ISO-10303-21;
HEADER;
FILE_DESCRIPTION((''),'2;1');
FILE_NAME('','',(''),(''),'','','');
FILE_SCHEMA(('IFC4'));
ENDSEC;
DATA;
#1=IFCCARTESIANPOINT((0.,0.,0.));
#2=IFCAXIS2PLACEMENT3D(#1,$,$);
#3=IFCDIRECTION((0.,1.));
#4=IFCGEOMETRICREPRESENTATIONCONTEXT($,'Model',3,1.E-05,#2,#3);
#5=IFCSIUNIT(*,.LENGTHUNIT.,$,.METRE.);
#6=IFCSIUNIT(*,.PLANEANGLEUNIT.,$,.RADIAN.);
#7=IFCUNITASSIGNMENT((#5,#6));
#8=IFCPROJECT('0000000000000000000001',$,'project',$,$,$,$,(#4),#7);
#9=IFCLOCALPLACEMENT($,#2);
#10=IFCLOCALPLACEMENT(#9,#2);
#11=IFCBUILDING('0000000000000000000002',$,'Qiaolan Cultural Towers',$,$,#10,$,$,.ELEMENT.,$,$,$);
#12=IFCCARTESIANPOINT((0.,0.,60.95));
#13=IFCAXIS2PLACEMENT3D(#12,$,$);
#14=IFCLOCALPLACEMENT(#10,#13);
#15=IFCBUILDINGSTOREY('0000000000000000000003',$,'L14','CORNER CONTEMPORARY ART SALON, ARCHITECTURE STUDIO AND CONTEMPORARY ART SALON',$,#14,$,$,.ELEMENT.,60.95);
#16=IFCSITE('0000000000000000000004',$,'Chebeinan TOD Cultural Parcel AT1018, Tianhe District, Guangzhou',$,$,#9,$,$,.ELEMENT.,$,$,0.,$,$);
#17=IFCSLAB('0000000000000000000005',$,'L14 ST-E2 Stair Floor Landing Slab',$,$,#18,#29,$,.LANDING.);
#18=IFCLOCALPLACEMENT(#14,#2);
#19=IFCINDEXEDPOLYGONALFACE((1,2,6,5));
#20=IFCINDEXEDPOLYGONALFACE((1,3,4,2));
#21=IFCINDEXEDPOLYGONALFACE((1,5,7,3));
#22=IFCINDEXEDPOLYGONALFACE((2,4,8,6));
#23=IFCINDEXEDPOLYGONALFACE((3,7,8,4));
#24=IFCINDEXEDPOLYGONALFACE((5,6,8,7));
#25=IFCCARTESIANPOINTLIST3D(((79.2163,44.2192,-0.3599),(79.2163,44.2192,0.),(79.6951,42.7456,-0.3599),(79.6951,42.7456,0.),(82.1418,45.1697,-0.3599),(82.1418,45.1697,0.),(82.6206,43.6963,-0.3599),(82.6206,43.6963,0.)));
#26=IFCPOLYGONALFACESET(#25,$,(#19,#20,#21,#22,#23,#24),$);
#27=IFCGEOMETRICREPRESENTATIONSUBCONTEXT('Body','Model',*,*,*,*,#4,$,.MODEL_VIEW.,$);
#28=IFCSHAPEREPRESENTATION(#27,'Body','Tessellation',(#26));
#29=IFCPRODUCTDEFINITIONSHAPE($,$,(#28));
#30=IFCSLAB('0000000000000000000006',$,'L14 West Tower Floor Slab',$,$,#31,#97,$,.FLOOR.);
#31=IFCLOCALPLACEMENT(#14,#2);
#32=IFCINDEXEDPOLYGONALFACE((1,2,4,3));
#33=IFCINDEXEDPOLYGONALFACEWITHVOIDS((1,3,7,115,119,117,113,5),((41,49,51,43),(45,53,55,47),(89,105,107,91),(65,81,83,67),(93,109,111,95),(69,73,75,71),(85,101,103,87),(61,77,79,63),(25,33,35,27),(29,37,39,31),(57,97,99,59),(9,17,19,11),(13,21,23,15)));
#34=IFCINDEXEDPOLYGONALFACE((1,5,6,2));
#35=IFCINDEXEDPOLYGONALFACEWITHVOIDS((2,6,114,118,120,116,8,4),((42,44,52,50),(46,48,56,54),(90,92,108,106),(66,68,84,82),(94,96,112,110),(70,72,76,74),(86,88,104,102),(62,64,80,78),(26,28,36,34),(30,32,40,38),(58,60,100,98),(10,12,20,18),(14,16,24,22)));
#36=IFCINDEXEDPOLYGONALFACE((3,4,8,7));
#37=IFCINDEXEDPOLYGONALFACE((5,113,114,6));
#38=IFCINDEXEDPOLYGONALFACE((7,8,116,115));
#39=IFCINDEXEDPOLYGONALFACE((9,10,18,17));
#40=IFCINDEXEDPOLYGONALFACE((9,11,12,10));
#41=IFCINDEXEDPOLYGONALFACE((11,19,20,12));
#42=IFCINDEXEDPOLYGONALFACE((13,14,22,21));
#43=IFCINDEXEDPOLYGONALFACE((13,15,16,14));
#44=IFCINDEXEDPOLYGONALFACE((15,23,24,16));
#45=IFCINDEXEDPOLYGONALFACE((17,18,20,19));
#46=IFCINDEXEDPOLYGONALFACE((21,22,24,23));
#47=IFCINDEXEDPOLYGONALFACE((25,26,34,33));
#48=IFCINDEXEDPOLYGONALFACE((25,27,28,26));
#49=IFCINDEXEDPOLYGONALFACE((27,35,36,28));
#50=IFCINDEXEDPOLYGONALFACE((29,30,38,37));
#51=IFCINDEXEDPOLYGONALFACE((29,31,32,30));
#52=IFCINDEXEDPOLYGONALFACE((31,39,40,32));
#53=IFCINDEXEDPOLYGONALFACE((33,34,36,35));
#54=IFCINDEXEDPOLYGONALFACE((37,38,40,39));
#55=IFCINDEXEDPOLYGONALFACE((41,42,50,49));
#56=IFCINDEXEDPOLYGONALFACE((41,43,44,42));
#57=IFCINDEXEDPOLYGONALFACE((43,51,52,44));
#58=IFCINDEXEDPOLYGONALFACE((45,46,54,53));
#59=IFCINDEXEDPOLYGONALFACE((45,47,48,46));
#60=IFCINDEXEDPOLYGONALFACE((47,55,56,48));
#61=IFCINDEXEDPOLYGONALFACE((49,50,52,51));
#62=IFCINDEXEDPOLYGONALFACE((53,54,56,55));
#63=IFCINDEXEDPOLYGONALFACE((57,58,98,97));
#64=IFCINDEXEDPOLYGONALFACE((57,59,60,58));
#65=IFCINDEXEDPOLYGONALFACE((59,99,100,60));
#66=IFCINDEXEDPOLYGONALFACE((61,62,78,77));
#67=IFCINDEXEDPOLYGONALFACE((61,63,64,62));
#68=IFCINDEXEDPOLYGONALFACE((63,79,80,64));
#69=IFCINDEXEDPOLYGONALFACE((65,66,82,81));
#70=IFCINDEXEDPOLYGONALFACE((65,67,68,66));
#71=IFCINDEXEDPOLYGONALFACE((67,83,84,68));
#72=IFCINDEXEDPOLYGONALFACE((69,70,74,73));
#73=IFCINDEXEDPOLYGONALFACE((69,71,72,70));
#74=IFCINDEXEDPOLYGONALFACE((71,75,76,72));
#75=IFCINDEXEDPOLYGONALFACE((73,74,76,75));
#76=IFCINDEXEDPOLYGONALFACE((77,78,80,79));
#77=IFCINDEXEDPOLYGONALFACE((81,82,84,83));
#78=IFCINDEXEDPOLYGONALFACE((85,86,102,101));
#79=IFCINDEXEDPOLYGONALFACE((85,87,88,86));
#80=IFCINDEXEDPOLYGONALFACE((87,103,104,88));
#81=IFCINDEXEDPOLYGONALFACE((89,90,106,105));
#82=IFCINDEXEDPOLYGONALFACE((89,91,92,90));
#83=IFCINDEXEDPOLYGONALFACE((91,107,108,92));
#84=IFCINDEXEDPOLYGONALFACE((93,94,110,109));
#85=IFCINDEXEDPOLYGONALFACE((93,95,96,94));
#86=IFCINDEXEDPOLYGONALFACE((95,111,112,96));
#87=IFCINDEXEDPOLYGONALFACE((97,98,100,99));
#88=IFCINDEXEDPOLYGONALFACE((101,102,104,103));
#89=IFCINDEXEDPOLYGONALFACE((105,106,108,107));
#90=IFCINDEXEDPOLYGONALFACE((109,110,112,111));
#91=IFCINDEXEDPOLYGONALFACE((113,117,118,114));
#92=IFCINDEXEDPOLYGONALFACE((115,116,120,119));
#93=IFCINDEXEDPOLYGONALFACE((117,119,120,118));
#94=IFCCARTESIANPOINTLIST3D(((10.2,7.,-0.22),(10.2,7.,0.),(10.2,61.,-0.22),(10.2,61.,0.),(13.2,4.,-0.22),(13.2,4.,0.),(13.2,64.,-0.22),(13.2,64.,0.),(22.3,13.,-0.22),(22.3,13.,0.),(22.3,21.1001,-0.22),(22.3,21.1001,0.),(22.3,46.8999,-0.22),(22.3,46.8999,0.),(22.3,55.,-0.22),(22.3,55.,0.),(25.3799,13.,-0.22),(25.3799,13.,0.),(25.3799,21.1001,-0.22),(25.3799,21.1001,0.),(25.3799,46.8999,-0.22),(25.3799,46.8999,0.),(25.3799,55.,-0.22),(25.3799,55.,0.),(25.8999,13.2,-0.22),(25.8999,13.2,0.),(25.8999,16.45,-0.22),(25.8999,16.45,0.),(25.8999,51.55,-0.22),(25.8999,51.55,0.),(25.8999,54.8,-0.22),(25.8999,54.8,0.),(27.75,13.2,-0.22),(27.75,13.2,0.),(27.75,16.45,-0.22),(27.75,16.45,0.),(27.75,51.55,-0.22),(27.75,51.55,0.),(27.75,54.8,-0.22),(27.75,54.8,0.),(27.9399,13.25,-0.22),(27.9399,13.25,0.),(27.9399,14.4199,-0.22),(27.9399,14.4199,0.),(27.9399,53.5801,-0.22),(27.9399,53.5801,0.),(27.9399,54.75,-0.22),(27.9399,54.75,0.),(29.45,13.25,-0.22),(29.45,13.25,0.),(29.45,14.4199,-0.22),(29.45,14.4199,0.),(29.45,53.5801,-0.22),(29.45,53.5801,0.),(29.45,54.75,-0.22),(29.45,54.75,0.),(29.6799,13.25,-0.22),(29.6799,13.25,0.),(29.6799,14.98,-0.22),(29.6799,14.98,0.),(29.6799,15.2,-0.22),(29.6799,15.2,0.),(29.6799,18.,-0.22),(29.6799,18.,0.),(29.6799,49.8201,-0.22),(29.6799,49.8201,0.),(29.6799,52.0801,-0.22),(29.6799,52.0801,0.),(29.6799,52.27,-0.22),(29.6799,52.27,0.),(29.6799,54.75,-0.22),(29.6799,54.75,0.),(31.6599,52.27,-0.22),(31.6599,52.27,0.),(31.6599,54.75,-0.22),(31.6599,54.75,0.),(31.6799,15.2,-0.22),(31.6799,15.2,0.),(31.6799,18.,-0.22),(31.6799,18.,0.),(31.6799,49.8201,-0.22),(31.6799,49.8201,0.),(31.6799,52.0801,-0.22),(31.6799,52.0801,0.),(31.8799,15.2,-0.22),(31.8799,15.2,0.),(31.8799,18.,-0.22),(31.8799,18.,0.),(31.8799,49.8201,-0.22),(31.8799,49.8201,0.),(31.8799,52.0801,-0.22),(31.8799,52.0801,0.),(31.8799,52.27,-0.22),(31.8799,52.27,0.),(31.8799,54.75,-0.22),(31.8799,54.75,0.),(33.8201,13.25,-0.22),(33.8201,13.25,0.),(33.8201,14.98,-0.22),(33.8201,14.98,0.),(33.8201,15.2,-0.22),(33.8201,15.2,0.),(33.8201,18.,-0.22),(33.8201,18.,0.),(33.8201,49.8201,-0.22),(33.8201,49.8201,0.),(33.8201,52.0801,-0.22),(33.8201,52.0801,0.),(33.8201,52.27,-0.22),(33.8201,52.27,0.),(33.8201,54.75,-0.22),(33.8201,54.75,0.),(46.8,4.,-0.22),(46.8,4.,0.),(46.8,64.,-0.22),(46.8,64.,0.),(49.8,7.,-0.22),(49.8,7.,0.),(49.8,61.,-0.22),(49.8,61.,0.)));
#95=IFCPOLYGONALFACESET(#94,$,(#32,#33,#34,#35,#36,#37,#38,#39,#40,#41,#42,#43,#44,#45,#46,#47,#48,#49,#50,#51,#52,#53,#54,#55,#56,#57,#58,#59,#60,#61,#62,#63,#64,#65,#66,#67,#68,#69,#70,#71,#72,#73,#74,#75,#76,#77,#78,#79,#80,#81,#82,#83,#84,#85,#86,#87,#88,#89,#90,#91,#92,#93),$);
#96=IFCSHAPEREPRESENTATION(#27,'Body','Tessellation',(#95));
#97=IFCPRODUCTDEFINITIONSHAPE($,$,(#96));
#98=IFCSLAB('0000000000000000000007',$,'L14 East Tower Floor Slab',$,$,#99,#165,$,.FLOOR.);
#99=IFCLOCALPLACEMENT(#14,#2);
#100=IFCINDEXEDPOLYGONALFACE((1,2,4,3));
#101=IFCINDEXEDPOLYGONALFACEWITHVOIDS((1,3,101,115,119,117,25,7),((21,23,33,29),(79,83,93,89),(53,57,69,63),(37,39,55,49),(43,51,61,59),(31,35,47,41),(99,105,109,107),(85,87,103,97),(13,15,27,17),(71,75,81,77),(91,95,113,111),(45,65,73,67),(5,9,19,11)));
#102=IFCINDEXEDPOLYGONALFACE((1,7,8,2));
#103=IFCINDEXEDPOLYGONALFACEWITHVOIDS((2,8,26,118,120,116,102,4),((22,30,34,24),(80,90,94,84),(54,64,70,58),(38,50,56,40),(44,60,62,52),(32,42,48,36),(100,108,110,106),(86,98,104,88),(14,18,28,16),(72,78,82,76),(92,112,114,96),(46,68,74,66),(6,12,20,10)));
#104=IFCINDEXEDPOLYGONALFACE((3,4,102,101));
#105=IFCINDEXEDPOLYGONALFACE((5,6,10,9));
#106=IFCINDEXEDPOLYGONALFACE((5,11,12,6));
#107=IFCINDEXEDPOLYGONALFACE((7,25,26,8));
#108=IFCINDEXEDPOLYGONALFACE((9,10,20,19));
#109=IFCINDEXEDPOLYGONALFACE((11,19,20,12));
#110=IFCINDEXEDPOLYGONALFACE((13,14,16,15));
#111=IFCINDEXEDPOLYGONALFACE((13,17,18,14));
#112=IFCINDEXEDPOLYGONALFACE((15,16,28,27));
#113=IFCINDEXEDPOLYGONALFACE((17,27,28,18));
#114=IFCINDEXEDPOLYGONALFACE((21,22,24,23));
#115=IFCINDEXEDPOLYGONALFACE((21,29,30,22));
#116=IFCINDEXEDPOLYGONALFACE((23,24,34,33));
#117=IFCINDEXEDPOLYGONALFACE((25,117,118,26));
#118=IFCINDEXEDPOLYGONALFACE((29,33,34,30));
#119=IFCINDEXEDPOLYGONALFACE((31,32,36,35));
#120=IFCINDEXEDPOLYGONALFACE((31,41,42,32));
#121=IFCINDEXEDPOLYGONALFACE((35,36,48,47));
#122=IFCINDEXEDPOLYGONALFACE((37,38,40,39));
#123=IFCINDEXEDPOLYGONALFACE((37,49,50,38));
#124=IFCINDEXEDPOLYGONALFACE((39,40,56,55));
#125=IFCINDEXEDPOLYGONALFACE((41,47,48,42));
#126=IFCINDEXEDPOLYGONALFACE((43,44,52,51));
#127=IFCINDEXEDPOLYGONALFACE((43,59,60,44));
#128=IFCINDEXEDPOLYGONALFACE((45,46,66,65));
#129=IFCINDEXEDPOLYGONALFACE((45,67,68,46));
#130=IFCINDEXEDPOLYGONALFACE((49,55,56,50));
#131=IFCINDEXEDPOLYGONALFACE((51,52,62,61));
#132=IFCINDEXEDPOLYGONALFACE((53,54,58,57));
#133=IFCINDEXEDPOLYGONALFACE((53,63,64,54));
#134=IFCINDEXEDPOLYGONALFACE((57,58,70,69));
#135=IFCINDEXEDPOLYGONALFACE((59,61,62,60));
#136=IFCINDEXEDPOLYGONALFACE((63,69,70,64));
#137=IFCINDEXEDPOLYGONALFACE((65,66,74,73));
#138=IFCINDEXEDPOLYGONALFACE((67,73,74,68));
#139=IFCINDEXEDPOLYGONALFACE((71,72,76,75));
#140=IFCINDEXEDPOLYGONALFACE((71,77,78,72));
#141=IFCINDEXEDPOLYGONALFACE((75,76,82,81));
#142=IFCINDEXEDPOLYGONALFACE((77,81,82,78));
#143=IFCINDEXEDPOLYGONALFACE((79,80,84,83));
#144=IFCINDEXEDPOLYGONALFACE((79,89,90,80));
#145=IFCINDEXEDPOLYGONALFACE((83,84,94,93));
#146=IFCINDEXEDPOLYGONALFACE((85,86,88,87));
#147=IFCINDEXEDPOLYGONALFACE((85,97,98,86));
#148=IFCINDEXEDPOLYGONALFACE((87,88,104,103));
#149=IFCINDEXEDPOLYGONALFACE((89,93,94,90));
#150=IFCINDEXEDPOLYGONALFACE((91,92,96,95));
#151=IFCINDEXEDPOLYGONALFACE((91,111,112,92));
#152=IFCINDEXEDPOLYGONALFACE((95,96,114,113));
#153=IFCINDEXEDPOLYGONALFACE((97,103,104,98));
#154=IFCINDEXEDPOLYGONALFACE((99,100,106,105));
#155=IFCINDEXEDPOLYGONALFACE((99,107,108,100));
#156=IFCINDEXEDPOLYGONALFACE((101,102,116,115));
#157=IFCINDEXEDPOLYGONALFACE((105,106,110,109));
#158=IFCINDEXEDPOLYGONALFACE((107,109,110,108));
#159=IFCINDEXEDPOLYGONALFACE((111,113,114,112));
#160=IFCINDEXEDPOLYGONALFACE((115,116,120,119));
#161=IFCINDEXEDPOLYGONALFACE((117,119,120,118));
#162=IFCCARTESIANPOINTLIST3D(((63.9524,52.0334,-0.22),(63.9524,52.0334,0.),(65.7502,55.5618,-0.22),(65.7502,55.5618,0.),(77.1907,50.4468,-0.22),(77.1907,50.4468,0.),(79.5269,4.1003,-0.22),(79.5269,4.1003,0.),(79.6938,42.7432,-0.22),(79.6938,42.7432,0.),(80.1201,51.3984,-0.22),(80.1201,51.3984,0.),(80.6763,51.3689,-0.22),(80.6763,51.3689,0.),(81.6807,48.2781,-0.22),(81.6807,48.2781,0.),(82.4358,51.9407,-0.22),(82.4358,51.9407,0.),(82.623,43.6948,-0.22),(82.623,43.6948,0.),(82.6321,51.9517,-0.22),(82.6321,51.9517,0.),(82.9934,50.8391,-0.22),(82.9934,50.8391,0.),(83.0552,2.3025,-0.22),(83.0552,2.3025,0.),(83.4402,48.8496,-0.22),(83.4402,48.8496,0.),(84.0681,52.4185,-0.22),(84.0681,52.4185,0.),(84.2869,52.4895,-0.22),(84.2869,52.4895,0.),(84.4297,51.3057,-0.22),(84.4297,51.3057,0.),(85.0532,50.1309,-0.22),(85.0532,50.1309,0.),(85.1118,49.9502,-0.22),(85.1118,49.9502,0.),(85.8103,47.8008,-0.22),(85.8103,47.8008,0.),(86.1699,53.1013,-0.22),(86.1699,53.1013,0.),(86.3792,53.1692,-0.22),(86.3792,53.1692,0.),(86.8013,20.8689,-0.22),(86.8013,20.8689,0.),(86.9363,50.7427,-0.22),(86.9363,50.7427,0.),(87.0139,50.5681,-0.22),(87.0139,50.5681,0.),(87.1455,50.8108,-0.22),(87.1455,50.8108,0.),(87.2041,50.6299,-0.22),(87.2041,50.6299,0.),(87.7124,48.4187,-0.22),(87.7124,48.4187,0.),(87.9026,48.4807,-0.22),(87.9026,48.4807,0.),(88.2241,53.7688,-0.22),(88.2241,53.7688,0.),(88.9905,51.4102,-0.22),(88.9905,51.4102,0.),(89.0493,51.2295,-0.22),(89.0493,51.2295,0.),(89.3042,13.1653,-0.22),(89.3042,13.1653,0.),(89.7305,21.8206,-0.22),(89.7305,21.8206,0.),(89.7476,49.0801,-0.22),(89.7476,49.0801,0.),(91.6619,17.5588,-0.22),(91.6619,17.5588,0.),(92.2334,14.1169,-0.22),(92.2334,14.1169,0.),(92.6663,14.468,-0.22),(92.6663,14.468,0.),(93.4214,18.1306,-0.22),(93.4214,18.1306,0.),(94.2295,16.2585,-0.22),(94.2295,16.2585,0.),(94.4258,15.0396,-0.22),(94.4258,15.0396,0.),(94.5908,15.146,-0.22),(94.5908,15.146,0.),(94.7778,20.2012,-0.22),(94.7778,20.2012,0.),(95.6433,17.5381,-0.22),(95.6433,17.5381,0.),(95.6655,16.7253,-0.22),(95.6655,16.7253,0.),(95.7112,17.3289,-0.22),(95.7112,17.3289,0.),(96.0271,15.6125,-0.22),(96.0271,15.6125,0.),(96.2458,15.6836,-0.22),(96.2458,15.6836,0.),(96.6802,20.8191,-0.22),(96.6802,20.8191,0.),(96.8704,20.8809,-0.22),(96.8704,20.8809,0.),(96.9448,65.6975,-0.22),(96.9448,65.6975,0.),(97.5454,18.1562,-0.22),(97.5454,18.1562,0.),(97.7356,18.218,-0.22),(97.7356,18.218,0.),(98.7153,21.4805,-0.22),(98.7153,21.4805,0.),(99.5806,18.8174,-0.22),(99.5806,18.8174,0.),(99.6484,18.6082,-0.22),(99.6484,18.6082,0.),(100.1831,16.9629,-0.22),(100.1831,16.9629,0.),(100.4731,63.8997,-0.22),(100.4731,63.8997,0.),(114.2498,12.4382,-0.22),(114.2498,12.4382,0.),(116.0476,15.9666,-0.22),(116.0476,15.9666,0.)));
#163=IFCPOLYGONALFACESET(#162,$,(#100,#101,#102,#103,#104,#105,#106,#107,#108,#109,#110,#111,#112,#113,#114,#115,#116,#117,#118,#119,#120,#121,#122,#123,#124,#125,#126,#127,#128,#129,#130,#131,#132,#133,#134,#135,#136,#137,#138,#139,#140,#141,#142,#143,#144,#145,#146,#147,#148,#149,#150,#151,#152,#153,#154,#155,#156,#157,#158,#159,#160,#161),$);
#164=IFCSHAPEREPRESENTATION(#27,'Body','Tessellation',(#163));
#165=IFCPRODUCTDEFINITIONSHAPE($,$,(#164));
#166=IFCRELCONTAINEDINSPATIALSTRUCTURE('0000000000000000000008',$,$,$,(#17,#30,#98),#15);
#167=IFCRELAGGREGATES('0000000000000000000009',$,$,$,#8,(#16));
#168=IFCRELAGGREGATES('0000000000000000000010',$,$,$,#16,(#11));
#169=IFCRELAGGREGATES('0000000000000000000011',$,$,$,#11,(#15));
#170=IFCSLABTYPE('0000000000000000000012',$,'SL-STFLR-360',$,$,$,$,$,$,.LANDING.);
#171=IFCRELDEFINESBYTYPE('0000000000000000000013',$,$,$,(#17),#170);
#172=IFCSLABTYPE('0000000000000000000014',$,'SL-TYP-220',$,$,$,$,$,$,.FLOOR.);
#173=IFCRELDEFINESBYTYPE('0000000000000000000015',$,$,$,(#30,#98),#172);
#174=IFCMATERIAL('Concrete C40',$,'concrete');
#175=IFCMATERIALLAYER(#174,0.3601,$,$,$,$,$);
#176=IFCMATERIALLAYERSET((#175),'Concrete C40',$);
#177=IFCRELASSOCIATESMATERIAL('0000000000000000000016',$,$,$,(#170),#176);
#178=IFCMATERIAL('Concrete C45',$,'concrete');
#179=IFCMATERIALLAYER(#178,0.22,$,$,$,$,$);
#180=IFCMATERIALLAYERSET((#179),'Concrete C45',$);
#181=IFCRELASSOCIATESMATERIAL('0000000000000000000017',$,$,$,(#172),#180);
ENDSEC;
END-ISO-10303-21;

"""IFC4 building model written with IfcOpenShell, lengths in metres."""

from ifc_helpers import new_model, si_unit, direction, frame, origin, place, context, subcontext, project, spatial, polyline, outline, extrude, material, layer, layer_set, type_object, element, save


model = new_model("IFC4")

# Units and contexts
model_context = context("Model", 3, precision=1e-05, world=origin(), true_north=direction((0.0, 1.0)))
body_context = subcontext(model_context, "Body", "Model", "MODEL_VIEW")
ifc_project = project(units=[si_unit("LENGTHUNIT", "METRE"), si_unit("PLANEANGLEUNIT", "RADIAN")], contexts=[model_context])

# Site, building, storey
site_placement = place(None, origin())
site = spatial("IfcSite", under=ifc_project, at=site_placement, Name="Chebeinan TOD Cultural Parcel AT1018, Tianhe District, Guangzhou", CompositionType="ELEMENT", RefElevation=0.0)
building_placement = place(site_placement, origin())
building = spatial("IfcBuilding", under=site, at=building_placement, Name="Qiaolan Cultural Towers", CompositionType="ELEMENT")
storey_placement = place(building_placement, frame((0.0, 0.0, 60.95)))
storey = spatial("IfcBuildingStorey", under=building, at=storey_placement, Name="L14", Description="CORNER CONTEMPORARY ART SALON, ARCHITECTURE STUDIO AND CONTEMPORARY ART SALON", CompositionType="ELEMENT", Elevation=60.95)

# Slabs
ifc_material_1 = material(Name="Concrete C40", Category="concrete")
ifc_layer_1 = layer(ifc_material_1, 0.3601)
ifc_layer_set_1 = layer_set([ifc_layer_1], Name="Concrete C40")
slab_type_1 = type_object("IfcSlabType", Name="SL-STFLR-360", PredefinedType="LANDING", material=ifc_layer_set_1)
slab_1_placement = place(storey_placement, frame((0.0, 0.0, -0.3599)))
element("IfcSlab", 1, at=slab_1_placement, inside=storey, type_object=slab_type_1, Name="L14 ST-E2 Stair Floor Landing Slab", PredefinedType="LANDING", context=body_context, shape_type="SweptSolid", body=[
    extrude(outline(polyline([(82.6206, 43.6963), (82.1418, 45.1697), (79.2163, 44.2192), (79.6951, 42.7456), (82.6206, 43.6963)])), origin(), (0.0, 0.0, 1.0), 0.3599),
])
ifc_material_2 = material(Name="Concrete C45", Category="concrete")
ifc_layer_2 = layer(ifc_material_2, 0.22)
ifc_layer_set_2 = layer_set([ifc_layer_2], Name="Concrete C45")
slab_type_2 = type_object("IfcSlabType", Name="SL-TYP-220", PredefinedType="FLOOR", material=ifc_layer_set_2)
slab_2_placement = place(storey_placement, frame((0.0, 0.0, -0.22)))
element("IfcSlab", 2, at=slab_2_placement, inside=storey, type_object=slab_type_2, Name="L14 West Tower Floor Slab", PredefinedType="FLOOR", context=body_context, shape_type="SweptSolid", body=[
    extrude(outline(polyline([(13.2, 4.0), (46.8, 4.0), (49.8, 7.0), (49.8, 61.0), (46.8, 64.0), (13.2, 64.0), (10.2, 61.0), (10.2, 7.0), (13.2, 4.0)]), holes=[polyline([(22.3, 21.1001), (22.3, 13.0), (25.3799, 13.0), (25.3799, 21.1001), (22.3, 21.1001)]), polyline([(25.3799, 46.8999), (25.3799, 55.0), (22.3, 55.0), (22.3, 46.8999), (25.3799, 46.8999)]), polyline([(25.8999, 13.2), (27.75, 13.2), (27.75, 16.45), (25.8999, 16.45), (25.8999, 13.2)]), polyline([(27.9399, 13.25), (29.45, 13.25), (29.45, 14.4199), (27.9399, 14.4199), (27.9399, 13.25)]), polyline([(29.6799, 15.2), (31.6799, 15.2), (31.6799, 18.0), (29.6799, 18.0), (29.6799, 15.2)]), polyline([(31.8799, 15.2), (33.8201, 15.2), (33.8201, 18.0), (31.8799, 18.0), (31.8799, 15.2)]), polyline([(29.6799, 13.25), (33.8201, 13.25), (33.8201, 14.98), (29.6799, 14.98), (29.6799, 13.25)]), polyline([(25.8999, 51.55), (27.75, 51.55), (27.75, 54.8), (25.8999, 54.8), (25.8999, 51.55)]), polyline([(27.9399, 53.5801), (29.45, 53.5801), (29.45, 54.75), (27.9399, 54.75), (27.9399, 53.5801)]), polyline([(29.6799, 49.8201), (31.6799, 49.8201), (31.6799, 52.0801), (29.6799, 52.0801), (29.6799, 49.8201)]), polyline([(31.8799, 49.8201), (33.8201, 49.8201), (33.8201, 52.0801), (31.8799, 52.0801), (31.8799, 49.8201)]), polyline([(29.6799, 52.27), (31.6599, 52.27), (31.6599, 54.75), (29.6799, 54.75), (29.6799, 52.27)]), polyline([(31.8799, 52.27), (33.8201, 52.27), (33.8201, 54.75), (31.8799, 54.75), (31.8799, 52.27)])]), origin(), (0.0, 0.0, 1.0), 0.22),
])
slab_3_placement = place(storey_placement, frame((0.0, 0.0, -0.22)))
element("IfcSlab", 3, at=slab_3_placement, inside=storey, type_object=slab_type_2, Name="L14 East Tower Floor Slab", PredefinedType="FLOOR", context=body_context, shape_type="SweptSolid", body=[
    extrude(outline(polyline([(83.0552, 2.3025), (114.2498, 12.4382), (116.0476, 15.9666), (100.4731, 63.8997), (96.9448, 65.6975), (65.7502, 55.5618), (63.9524, 52.0334), (79.5269, 4.1003), (83.0552, 2.3025)]), holes=[polyline([(86.8013, 20.8689), (89.3042, 13.1653), (92.2334, 14.1169), (89.7305, 21.8206), (86.8013, 20.8689)]), polyline([(82.623, 43.6948), (80.1201, 51.3984), (77.1907, 50.4468), (79.6938, 42.7432), (82.623, 43.6948)]), polyline([(92.6663, 14.468), (94.4258, 15.0396), (93.4214, 18.1306), (91.6619, 17.5588), (92.6663, 14.468)]), polyline([(94.5908, 15.146), (96.0271, 15.6125), (95.6655, 16.7253), (94.2295, 16.2585), (94.5908, 15.146)]), polyline([(95.6433, 17.5381), (97.5454, 18.1562), (96.6802, 20.8191), (94.7778, 20.2012), (95.6433, 17.5381)]), polyline([(97.7356, 18.218), (99.5806, 18.8174), (98.7153, 21.4805), (96.8704, 20.8809), (97.7356, 18.218)]), polyline([(96.2458, 15.6836), (100.1831, 16.9629), (99.6484, 18.6082), (95.7112, 17.3289), (96.2458, 15.6836)]), polyline([(81.6807, 48.2781), (83.4402, 48.8496), (82.4358, 51.9407), (80.6763, 51.3689), (81.6807, 48.2781)]), polyline([(82.9934, 50.8391), (84.4297, 51.3057), (84.0681, 52.4185), (82.6321, 51.9517), (82.9934, 50.8391)]), polyline([(85.8103, 47.8008), (87.7124, 48.4187), (87.0139, 50.5681), (85.1118, 49.9502), (85.8103, 47.8008)]), polyline([(87.9026, 48.4807), (89.7476, 49.0801), (89.0493, 51.2295), (87.2041, 50.6299), (87.9026, 48.4807)]), polyline([(85.0532, 50.1309), (86.9363, 50.7427), (86.1699, 53.1013), (84.2869, 52.4895), (85.0532, 50.1309)]), polyline([(87.1455, 50.8108), (88.9905, 51.4102), (88.2241, 53.7688), (86.3792, 53.1692), (87.1455, 50.8108)])]), origin(), (0.0, 0.0, 1.0), 0.22),
])

save(model, "model.ifc")
